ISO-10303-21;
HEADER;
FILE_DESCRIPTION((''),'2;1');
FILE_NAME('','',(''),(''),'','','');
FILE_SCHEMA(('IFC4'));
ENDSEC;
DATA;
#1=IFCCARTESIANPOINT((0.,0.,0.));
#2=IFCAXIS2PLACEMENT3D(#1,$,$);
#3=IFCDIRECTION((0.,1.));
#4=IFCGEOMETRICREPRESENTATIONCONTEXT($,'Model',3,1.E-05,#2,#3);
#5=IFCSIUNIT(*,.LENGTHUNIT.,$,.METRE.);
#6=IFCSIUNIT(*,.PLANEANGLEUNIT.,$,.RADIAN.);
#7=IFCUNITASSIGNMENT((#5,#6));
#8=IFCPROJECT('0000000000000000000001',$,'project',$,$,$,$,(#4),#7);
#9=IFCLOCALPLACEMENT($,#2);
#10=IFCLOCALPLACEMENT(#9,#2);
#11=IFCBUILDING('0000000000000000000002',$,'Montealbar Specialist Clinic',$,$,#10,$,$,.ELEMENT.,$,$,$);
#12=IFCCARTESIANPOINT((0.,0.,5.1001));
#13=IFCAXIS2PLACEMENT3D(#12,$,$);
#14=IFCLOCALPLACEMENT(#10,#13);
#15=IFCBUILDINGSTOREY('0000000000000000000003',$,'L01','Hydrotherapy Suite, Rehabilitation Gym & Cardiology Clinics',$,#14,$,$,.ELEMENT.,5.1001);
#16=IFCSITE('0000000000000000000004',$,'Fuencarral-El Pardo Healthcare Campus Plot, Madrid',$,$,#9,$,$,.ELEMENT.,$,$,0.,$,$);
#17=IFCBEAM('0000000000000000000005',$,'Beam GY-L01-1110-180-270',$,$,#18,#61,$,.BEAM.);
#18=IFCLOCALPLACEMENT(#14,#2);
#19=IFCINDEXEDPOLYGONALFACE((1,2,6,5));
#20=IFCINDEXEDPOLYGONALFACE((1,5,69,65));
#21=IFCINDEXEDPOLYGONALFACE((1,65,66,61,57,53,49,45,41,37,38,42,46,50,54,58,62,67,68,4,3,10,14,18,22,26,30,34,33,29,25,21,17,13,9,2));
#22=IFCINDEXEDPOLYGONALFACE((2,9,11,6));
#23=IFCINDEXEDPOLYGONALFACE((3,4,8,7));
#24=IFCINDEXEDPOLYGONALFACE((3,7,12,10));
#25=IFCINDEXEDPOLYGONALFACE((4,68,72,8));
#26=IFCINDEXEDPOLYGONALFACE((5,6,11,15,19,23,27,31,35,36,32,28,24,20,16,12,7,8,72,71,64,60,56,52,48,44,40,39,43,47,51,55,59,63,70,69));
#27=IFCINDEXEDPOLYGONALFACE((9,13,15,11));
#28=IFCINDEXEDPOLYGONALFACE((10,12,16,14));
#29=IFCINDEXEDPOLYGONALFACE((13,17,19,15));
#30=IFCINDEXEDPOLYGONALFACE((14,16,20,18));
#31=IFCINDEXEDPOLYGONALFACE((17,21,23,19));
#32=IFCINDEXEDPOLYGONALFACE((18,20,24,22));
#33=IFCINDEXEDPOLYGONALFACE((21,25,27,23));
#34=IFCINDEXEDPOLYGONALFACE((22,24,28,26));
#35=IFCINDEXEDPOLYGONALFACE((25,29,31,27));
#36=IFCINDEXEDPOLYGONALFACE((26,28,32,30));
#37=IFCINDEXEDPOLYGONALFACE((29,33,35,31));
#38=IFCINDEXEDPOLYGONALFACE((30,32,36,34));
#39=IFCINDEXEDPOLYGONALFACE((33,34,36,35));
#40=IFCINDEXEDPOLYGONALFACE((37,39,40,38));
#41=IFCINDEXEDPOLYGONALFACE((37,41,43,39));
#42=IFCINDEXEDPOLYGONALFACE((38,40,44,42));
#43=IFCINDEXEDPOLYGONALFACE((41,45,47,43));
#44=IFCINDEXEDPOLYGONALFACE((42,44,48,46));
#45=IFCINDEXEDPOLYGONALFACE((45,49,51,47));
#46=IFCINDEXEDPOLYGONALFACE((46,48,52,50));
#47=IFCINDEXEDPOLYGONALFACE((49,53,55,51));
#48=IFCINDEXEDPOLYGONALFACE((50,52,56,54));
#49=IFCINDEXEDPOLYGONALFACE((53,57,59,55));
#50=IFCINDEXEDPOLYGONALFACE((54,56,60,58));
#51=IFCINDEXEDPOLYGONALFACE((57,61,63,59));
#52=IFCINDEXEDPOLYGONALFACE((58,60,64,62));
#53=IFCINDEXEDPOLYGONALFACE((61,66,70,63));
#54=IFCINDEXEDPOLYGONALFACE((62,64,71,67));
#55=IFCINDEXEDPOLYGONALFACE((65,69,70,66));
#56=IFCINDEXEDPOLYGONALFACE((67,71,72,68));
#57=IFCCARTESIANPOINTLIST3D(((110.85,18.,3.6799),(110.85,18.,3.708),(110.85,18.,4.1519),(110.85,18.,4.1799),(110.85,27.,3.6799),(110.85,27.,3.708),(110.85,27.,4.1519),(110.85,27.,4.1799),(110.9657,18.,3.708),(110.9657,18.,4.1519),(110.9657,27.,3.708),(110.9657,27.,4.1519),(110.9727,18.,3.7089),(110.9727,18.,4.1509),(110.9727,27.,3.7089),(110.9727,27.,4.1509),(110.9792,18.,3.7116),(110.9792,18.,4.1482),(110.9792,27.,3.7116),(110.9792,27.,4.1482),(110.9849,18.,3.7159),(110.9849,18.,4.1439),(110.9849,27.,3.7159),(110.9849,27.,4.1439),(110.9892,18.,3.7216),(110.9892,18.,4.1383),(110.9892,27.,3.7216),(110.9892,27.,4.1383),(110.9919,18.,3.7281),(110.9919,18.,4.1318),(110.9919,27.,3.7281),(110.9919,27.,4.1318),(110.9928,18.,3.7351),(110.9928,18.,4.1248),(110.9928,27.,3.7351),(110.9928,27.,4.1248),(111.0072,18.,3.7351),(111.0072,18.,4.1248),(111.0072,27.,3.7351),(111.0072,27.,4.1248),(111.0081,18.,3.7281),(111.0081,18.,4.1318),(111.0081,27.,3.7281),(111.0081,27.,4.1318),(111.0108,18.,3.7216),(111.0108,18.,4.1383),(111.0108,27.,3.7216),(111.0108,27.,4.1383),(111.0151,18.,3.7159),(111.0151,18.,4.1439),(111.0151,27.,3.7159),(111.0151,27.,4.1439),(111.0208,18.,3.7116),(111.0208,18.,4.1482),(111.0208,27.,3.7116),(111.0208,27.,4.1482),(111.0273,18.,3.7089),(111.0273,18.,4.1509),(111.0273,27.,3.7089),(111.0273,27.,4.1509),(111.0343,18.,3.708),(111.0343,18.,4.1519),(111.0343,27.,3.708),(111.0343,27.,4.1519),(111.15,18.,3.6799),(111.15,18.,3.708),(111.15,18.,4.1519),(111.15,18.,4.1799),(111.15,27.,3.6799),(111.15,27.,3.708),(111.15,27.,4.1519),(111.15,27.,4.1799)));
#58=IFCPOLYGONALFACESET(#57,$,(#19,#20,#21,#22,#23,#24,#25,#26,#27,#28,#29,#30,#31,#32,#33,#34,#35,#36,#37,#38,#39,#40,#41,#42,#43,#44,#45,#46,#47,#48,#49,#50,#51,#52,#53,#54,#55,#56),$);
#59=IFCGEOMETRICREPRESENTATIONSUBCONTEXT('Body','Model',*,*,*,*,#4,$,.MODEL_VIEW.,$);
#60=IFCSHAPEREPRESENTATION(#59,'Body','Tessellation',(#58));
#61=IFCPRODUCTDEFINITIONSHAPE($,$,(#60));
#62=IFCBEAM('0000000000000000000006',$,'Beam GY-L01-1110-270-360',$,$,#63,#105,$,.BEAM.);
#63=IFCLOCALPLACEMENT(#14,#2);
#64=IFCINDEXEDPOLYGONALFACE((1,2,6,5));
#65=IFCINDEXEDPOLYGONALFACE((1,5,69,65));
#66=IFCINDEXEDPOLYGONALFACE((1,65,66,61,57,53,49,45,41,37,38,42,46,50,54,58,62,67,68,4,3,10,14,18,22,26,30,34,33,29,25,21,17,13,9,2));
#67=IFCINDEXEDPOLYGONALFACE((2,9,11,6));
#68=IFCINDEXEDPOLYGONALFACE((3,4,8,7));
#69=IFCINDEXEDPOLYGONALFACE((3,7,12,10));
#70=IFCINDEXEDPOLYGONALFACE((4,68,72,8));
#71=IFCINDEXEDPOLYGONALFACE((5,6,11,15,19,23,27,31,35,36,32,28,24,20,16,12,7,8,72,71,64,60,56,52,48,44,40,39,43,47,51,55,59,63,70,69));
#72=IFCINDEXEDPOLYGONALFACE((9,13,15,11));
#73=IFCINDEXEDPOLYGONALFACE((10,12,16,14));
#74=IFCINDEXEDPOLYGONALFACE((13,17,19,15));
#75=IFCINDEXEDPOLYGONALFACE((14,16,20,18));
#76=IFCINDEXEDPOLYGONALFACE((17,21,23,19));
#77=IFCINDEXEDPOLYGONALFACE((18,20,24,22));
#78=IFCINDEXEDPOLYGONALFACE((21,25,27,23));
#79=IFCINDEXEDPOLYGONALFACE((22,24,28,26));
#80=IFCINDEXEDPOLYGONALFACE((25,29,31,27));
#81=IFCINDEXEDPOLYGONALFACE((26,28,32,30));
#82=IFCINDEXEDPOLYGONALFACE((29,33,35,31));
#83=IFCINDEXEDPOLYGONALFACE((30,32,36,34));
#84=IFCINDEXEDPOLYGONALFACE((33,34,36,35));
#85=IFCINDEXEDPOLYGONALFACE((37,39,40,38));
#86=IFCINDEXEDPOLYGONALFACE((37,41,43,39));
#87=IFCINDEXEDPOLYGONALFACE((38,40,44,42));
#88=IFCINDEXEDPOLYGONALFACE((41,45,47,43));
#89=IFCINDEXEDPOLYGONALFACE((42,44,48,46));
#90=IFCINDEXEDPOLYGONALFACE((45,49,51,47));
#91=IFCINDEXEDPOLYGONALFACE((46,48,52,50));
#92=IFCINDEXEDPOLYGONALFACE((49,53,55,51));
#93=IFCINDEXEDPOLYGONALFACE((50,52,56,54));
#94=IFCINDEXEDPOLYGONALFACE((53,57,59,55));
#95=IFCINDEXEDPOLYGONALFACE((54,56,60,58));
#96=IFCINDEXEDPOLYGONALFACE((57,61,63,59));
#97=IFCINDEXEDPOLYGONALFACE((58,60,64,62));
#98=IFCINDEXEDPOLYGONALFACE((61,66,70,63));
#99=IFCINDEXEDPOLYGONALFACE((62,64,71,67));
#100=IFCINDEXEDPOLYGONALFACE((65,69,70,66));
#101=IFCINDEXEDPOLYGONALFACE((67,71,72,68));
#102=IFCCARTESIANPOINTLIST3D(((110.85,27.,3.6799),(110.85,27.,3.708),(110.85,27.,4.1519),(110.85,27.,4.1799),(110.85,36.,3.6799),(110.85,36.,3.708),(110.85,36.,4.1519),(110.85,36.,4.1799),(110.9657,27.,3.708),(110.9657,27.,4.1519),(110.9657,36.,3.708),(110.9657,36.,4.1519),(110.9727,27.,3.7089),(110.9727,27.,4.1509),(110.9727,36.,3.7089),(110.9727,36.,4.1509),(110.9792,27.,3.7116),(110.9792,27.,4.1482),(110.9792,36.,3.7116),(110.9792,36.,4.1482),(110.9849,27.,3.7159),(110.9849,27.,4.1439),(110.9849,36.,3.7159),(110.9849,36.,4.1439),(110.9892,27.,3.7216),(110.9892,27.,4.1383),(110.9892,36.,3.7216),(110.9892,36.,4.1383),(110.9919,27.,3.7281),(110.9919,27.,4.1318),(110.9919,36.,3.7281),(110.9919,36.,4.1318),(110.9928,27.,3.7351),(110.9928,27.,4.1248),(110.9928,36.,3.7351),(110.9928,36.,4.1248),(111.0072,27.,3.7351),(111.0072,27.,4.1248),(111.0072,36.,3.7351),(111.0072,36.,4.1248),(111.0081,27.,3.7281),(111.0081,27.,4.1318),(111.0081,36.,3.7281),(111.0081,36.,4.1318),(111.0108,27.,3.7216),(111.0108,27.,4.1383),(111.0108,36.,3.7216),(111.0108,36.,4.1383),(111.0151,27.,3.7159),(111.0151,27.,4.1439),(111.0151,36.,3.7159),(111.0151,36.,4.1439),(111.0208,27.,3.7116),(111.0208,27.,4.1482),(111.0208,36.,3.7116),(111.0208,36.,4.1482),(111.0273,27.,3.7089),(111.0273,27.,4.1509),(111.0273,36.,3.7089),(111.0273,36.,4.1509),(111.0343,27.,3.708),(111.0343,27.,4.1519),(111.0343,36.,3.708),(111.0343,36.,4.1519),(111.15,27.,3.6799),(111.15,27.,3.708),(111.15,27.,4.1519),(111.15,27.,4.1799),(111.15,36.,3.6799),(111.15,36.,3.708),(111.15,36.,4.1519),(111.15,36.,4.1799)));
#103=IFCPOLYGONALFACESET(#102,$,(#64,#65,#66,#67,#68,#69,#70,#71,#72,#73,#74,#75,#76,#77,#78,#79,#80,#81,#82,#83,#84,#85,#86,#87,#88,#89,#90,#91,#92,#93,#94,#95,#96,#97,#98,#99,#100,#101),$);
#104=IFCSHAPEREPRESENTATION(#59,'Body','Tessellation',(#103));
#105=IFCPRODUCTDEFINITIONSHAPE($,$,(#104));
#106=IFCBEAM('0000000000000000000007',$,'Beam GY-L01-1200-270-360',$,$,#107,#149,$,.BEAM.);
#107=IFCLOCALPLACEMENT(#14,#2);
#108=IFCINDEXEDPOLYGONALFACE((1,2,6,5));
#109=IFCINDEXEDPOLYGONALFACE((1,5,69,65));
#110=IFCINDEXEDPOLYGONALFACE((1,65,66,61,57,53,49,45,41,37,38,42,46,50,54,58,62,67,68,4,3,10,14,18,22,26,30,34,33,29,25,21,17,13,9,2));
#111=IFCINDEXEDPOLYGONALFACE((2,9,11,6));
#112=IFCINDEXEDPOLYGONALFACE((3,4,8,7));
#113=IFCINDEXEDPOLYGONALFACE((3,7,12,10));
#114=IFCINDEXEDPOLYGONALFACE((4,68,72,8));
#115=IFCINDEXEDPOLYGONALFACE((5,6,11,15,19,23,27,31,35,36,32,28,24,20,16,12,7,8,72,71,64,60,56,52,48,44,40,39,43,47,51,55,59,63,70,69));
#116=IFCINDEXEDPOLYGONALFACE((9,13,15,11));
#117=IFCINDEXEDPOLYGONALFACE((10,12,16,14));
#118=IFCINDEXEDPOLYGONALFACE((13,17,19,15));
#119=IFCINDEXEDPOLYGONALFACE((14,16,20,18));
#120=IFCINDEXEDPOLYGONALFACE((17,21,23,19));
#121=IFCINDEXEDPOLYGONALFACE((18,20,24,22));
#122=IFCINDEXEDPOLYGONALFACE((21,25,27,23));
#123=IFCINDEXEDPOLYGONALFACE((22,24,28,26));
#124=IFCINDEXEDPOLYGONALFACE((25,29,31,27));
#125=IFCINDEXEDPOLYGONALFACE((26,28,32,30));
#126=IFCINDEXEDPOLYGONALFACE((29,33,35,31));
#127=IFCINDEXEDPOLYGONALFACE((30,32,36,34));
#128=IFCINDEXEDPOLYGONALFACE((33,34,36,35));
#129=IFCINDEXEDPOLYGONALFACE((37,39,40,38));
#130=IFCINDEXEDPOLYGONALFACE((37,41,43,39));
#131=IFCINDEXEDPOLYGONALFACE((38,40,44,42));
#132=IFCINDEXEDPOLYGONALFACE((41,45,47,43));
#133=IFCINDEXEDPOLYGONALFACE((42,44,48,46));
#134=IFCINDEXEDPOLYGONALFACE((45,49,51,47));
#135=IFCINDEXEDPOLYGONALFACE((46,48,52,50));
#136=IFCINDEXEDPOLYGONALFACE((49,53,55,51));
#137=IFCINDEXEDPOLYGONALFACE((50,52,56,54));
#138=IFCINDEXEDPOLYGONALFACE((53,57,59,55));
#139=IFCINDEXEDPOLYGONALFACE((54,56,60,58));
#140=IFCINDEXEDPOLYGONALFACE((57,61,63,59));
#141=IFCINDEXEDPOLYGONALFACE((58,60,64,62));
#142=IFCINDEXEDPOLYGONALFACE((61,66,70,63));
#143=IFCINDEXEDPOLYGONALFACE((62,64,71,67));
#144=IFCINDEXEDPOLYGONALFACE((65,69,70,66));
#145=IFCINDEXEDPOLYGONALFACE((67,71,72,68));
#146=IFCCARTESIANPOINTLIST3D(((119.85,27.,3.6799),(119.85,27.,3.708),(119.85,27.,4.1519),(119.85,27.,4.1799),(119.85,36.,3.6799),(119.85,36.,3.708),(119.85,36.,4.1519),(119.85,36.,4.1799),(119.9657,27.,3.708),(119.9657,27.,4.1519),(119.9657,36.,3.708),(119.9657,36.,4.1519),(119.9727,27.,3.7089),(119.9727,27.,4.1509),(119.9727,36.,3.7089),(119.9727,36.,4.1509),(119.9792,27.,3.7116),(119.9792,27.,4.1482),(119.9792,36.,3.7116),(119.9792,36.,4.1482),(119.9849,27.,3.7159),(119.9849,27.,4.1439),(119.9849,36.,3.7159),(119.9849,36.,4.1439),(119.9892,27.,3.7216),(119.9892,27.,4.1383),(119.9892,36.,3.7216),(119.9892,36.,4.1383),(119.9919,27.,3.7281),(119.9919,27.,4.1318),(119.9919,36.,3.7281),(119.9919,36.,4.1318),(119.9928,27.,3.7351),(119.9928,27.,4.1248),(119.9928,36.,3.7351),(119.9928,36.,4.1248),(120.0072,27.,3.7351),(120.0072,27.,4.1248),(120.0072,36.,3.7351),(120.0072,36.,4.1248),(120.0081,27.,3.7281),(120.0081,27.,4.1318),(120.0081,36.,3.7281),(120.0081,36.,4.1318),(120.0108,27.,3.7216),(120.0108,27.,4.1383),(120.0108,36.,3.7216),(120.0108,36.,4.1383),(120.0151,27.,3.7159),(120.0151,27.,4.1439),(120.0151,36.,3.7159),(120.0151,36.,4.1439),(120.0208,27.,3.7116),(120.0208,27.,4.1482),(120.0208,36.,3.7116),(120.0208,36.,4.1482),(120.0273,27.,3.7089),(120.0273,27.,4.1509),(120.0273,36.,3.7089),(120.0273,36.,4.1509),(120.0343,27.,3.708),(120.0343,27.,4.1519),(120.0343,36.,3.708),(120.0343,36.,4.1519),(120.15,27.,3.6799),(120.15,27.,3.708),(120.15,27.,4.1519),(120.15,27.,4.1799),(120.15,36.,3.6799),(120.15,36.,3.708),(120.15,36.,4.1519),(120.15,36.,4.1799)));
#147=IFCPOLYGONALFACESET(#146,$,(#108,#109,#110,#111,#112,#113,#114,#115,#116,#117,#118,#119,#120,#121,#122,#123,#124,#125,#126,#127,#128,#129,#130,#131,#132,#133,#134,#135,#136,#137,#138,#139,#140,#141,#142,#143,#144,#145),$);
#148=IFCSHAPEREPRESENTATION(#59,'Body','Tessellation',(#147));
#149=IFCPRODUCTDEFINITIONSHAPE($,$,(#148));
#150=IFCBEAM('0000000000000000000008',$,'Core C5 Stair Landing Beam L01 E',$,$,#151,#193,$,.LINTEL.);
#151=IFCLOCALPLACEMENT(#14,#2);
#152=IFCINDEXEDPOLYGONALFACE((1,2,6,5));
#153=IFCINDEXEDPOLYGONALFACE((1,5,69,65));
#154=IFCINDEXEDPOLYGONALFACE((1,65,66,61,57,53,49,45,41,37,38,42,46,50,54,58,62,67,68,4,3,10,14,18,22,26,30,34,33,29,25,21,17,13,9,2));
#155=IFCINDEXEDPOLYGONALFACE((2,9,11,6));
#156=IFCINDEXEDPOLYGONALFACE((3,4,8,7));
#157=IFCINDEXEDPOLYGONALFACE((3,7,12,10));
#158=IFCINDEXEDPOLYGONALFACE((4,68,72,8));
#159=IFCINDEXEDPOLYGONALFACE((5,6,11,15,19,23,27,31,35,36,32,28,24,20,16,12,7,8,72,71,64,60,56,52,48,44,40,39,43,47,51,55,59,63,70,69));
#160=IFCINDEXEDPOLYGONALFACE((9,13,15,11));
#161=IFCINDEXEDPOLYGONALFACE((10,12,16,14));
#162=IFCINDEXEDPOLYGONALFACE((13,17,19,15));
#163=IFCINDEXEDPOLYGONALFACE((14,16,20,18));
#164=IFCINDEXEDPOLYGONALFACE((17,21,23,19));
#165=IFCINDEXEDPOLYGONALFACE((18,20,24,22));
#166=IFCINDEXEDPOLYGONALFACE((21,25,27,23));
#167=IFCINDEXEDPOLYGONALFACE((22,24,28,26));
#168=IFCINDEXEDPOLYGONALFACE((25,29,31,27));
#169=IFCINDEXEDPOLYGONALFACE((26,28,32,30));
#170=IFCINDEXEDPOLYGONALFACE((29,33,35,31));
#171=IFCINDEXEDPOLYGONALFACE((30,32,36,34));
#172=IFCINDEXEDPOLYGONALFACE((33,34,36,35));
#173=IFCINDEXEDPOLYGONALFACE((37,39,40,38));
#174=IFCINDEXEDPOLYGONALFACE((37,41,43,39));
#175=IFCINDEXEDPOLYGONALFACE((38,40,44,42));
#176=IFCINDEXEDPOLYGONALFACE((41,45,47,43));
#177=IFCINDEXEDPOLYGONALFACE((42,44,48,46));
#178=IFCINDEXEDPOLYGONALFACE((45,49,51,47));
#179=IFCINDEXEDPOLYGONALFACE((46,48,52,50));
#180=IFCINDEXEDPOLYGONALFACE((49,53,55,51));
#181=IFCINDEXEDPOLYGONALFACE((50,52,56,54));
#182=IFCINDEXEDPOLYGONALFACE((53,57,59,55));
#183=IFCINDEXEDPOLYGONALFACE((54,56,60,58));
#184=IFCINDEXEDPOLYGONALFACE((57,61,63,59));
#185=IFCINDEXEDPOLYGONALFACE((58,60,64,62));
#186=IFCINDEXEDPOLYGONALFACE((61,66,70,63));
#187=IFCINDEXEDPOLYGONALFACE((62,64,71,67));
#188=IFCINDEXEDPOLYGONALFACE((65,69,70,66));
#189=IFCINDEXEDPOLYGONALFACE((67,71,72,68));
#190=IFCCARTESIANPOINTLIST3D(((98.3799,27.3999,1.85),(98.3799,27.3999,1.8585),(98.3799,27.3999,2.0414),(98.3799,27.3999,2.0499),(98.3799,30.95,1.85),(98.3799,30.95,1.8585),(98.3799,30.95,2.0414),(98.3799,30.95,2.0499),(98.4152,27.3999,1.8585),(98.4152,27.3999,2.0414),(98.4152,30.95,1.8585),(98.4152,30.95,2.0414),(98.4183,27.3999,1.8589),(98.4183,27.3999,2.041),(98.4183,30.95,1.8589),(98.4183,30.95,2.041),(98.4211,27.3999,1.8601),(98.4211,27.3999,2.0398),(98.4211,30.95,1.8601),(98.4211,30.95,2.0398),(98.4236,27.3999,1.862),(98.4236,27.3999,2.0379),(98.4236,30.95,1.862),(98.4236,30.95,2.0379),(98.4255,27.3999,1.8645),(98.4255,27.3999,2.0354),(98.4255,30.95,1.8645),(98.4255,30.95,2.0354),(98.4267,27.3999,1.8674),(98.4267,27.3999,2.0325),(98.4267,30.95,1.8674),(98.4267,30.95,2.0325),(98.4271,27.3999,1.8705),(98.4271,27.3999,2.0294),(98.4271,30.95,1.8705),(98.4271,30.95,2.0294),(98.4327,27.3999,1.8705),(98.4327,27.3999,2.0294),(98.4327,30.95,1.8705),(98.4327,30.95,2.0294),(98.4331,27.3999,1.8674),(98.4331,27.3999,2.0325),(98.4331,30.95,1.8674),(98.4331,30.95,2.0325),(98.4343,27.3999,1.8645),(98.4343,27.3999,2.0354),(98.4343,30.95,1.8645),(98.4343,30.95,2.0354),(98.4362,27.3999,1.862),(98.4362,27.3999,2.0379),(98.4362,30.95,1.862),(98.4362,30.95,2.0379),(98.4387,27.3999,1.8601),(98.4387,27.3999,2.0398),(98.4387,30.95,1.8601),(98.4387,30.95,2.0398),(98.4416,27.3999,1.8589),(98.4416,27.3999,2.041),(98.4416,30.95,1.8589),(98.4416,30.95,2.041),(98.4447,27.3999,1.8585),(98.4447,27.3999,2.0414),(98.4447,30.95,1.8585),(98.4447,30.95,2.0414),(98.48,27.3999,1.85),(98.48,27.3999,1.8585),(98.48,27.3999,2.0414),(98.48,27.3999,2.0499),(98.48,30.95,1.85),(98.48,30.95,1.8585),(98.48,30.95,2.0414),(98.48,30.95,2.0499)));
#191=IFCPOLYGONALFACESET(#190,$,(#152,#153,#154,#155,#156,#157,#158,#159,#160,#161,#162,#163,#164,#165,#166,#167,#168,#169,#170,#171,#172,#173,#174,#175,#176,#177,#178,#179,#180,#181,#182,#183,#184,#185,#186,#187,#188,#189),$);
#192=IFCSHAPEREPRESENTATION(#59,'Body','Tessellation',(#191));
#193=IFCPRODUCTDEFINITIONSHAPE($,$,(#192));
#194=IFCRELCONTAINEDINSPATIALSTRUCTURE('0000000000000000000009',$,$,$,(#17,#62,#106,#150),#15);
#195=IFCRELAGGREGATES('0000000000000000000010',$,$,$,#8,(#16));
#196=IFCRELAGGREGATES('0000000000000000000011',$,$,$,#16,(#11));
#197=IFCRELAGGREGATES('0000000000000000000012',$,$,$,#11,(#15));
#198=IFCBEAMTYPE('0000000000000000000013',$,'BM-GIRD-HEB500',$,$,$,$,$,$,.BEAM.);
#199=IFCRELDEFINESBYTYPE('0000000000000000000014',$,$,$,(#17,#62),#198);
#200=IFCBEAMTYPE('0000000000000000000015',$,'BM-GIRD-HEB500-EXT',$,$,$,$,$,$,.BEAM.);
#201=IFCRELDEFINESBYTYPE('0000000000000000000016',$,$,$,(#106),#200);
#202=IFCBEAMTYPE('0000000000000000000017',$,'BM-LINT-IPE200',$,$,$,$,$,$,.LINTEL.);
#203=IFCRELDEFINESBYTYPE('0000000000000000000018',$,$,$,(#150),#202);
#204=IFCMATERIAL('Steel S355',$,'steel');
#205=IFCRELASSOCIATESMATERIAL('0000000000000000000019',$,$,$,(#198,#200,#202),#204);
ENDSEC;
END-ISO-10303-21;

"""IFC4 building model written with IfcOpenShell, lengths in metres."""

from ifc_helpers import new_model, si_unit, direction, frame, origin, origin_2d, place, context, subcontext, project, spatial, i_section, extrude, material, material_profile, profile_set, type_object, element, save


model = new_model("IFC4")

# Units and contexts
model_context = context("Model", 3, precision=1e-05, world=origin(), true_north=direction((0.0, 1.0)))
body_context = subcontext(model_context, "Body", "Model", "MODEL_VIEW")
ifc_project = project(units=[si_unit("LENGTHUNIT", "METRE"), si_unit("PLANEANGLEUNIT", "RADIAN")], contexts=[model_context])

# Site, building, storey
site_placement = place(None, origin())
site = spatial("IfcSite", under=ifc_project, at=site_placement, Name="Fuencarral-El Pardo Healthcare Campus Plot, Madrid", CompositionType="ELEMENT", RefElevation=0.0)
building_placement = place(site_placement, origin())
building = spatial("IfcBuilding", under=site, at=building_placement, Name="Montealbar Specialist Clinic", CompositionType="ELEMENT")
storey_placement = place(building_placement, frame((0.0, 0.0, 5.1001)))
storey = spatial("IfcBuildingStorey", under=building, at=storey_placement, Name="L01", Description="Hydrotherapy Suite, Rehabilitation Gym & Cardiology Clinics", CompositionType="ELEMENT", Elevation=5.1001)

# Shared definitions
ifc_material_1 = material(Name="Steel S355", Category="steel")

# Beams
ifc_material_profile_1 = material_profile(ifc_material_1, i_section(OverallWidth=0.3, OverallDepth=0.5, WebThickness=0.0144, FlangeThickness=0.0281, FilletRadius=0.0271, at=origin_2d()), Name="HEB 500", Category="steel")
ifc_profile_set_1 = profile_set([ifc_material_profile_1], Name="Steel S355")
beam_type_1 = type_object("IfcBeamType", Name="BM-GIRD-HEB500", PredefinedType="BEAM", material=ifc_profile_set_1)
for number, where, z_axis, x_axis, name in (
    (1, (111.0, 18.0, 3.9299), (0.0, 1.0, 0.0), (-1.0, 0.0, 0.0), "Beam GY-L01-1110-180-270"),
    (2, (111.0, 27.0, 3.9299), (0.0, 1.0, 0.0), (-1.0, 0.0, 0.0), "Beam GY-L01-1110-270-360"),
):
    element("IfcBeam", number, at=place(storey_placement, frame(where, z_axis=z_axis, x_axis=x_axis)), inside=storey, type_object=beam_type_1, Name=name, PredefinedType="BEAM", context=body_context, shape_type="SweptSolid", body=[
        extrude(i_section(OverallWidth=0.3, OverallDepth=0.5, WebThickness=0.0144, FlangeThickness=0.0281, FilletRadius=0.0271, at=origin_2d()), origin(), (0.0, 0.0, 1.0), 9.0),
    ])
ifc_material_profile_2 = material_profile(ifc_material_1, i_section(OverallWidth=0.3, OverallDepth=0.5, WebThickness=0.0144, FlangeThickness=0.0281, FilletRadius=0.0271, at=origin_2d()), Name="HEB 500", Category="steel")
ifc_profile_set_2 = profile_set([ifc_material_profile_2], Name="Steel S355")
beam_type_2 = type_object("IfcBeamType", Name="BM-GIRD-HEB500-EXT", PredefinedType="BEAM", material=ifc_profile_set_2)
beam_1_placement = place(storey_placement, frame((120.0, 27.0, 3.9299), z_axis=(0.0, 1.0, 0.0), x_axis=(-1.0, 0.0, 0.0)))
element("IfcBeam", 3, at=beam_1_placement, inside=storey, type_object=beam_type_2, Name="Beam GY-L01-1200-270-360", PredefinedType="BEAM", context=body_context, shape_type="SweptSolid", body=[
    extrude(i_section(OverallWidth=0.3, OverallDepth=0.5, WebThickness=0.0144, FlangeThickness=0.0281, FilletRadius=0.0271, at=origin_2d()), origin(), (0.0, 0.0, 1.0), 9.0),
])
ifc_material_profile_3 = material_profile(ifc_material_1, i_section(OverallWidth=0.1001, OverallDepth=0.2, WebThickness=0.0056, FlangeThickness=0.0085, FilletRadius=0.012, at=origin_2d()), Name="IPE 200", Category="steel")
ifc_profile_set_3 = profile_set([ifc_material_profile_3], Name="Steel S355")
beam_type_3 = type_object("IfcBeamType", Name="BM-LINT-IPE200", PredefinedType="LINTEL", material=ifc_profile_set_3)
beam_2_placement = place(storey_placement, frame((98.4299, 27.3999, 1.95), z_axis=(0.0, 1.0, 0.0), x_axis=(-1.0, 0.0, 0.0)))
element("IfcBeam", 4, at=beam_2_placement, inside=storey, type_object=beam_type_3, Name="Core C5 Stair Landing Beam L01 E", PredefinedType="LINTEL", context=body_context, shape_type="SweptSolid", body=[
    extrude(i_section(OverallWidth=0.1001, OverallDepth=0.2, WebThickness=0.0056, FlangeThickness=0.0085, FilletRadius=0.012, at=origin_2d()), origin(), (0.0, 0.0, 1.0), 3.55),
])

save(model, "model.ifc")
